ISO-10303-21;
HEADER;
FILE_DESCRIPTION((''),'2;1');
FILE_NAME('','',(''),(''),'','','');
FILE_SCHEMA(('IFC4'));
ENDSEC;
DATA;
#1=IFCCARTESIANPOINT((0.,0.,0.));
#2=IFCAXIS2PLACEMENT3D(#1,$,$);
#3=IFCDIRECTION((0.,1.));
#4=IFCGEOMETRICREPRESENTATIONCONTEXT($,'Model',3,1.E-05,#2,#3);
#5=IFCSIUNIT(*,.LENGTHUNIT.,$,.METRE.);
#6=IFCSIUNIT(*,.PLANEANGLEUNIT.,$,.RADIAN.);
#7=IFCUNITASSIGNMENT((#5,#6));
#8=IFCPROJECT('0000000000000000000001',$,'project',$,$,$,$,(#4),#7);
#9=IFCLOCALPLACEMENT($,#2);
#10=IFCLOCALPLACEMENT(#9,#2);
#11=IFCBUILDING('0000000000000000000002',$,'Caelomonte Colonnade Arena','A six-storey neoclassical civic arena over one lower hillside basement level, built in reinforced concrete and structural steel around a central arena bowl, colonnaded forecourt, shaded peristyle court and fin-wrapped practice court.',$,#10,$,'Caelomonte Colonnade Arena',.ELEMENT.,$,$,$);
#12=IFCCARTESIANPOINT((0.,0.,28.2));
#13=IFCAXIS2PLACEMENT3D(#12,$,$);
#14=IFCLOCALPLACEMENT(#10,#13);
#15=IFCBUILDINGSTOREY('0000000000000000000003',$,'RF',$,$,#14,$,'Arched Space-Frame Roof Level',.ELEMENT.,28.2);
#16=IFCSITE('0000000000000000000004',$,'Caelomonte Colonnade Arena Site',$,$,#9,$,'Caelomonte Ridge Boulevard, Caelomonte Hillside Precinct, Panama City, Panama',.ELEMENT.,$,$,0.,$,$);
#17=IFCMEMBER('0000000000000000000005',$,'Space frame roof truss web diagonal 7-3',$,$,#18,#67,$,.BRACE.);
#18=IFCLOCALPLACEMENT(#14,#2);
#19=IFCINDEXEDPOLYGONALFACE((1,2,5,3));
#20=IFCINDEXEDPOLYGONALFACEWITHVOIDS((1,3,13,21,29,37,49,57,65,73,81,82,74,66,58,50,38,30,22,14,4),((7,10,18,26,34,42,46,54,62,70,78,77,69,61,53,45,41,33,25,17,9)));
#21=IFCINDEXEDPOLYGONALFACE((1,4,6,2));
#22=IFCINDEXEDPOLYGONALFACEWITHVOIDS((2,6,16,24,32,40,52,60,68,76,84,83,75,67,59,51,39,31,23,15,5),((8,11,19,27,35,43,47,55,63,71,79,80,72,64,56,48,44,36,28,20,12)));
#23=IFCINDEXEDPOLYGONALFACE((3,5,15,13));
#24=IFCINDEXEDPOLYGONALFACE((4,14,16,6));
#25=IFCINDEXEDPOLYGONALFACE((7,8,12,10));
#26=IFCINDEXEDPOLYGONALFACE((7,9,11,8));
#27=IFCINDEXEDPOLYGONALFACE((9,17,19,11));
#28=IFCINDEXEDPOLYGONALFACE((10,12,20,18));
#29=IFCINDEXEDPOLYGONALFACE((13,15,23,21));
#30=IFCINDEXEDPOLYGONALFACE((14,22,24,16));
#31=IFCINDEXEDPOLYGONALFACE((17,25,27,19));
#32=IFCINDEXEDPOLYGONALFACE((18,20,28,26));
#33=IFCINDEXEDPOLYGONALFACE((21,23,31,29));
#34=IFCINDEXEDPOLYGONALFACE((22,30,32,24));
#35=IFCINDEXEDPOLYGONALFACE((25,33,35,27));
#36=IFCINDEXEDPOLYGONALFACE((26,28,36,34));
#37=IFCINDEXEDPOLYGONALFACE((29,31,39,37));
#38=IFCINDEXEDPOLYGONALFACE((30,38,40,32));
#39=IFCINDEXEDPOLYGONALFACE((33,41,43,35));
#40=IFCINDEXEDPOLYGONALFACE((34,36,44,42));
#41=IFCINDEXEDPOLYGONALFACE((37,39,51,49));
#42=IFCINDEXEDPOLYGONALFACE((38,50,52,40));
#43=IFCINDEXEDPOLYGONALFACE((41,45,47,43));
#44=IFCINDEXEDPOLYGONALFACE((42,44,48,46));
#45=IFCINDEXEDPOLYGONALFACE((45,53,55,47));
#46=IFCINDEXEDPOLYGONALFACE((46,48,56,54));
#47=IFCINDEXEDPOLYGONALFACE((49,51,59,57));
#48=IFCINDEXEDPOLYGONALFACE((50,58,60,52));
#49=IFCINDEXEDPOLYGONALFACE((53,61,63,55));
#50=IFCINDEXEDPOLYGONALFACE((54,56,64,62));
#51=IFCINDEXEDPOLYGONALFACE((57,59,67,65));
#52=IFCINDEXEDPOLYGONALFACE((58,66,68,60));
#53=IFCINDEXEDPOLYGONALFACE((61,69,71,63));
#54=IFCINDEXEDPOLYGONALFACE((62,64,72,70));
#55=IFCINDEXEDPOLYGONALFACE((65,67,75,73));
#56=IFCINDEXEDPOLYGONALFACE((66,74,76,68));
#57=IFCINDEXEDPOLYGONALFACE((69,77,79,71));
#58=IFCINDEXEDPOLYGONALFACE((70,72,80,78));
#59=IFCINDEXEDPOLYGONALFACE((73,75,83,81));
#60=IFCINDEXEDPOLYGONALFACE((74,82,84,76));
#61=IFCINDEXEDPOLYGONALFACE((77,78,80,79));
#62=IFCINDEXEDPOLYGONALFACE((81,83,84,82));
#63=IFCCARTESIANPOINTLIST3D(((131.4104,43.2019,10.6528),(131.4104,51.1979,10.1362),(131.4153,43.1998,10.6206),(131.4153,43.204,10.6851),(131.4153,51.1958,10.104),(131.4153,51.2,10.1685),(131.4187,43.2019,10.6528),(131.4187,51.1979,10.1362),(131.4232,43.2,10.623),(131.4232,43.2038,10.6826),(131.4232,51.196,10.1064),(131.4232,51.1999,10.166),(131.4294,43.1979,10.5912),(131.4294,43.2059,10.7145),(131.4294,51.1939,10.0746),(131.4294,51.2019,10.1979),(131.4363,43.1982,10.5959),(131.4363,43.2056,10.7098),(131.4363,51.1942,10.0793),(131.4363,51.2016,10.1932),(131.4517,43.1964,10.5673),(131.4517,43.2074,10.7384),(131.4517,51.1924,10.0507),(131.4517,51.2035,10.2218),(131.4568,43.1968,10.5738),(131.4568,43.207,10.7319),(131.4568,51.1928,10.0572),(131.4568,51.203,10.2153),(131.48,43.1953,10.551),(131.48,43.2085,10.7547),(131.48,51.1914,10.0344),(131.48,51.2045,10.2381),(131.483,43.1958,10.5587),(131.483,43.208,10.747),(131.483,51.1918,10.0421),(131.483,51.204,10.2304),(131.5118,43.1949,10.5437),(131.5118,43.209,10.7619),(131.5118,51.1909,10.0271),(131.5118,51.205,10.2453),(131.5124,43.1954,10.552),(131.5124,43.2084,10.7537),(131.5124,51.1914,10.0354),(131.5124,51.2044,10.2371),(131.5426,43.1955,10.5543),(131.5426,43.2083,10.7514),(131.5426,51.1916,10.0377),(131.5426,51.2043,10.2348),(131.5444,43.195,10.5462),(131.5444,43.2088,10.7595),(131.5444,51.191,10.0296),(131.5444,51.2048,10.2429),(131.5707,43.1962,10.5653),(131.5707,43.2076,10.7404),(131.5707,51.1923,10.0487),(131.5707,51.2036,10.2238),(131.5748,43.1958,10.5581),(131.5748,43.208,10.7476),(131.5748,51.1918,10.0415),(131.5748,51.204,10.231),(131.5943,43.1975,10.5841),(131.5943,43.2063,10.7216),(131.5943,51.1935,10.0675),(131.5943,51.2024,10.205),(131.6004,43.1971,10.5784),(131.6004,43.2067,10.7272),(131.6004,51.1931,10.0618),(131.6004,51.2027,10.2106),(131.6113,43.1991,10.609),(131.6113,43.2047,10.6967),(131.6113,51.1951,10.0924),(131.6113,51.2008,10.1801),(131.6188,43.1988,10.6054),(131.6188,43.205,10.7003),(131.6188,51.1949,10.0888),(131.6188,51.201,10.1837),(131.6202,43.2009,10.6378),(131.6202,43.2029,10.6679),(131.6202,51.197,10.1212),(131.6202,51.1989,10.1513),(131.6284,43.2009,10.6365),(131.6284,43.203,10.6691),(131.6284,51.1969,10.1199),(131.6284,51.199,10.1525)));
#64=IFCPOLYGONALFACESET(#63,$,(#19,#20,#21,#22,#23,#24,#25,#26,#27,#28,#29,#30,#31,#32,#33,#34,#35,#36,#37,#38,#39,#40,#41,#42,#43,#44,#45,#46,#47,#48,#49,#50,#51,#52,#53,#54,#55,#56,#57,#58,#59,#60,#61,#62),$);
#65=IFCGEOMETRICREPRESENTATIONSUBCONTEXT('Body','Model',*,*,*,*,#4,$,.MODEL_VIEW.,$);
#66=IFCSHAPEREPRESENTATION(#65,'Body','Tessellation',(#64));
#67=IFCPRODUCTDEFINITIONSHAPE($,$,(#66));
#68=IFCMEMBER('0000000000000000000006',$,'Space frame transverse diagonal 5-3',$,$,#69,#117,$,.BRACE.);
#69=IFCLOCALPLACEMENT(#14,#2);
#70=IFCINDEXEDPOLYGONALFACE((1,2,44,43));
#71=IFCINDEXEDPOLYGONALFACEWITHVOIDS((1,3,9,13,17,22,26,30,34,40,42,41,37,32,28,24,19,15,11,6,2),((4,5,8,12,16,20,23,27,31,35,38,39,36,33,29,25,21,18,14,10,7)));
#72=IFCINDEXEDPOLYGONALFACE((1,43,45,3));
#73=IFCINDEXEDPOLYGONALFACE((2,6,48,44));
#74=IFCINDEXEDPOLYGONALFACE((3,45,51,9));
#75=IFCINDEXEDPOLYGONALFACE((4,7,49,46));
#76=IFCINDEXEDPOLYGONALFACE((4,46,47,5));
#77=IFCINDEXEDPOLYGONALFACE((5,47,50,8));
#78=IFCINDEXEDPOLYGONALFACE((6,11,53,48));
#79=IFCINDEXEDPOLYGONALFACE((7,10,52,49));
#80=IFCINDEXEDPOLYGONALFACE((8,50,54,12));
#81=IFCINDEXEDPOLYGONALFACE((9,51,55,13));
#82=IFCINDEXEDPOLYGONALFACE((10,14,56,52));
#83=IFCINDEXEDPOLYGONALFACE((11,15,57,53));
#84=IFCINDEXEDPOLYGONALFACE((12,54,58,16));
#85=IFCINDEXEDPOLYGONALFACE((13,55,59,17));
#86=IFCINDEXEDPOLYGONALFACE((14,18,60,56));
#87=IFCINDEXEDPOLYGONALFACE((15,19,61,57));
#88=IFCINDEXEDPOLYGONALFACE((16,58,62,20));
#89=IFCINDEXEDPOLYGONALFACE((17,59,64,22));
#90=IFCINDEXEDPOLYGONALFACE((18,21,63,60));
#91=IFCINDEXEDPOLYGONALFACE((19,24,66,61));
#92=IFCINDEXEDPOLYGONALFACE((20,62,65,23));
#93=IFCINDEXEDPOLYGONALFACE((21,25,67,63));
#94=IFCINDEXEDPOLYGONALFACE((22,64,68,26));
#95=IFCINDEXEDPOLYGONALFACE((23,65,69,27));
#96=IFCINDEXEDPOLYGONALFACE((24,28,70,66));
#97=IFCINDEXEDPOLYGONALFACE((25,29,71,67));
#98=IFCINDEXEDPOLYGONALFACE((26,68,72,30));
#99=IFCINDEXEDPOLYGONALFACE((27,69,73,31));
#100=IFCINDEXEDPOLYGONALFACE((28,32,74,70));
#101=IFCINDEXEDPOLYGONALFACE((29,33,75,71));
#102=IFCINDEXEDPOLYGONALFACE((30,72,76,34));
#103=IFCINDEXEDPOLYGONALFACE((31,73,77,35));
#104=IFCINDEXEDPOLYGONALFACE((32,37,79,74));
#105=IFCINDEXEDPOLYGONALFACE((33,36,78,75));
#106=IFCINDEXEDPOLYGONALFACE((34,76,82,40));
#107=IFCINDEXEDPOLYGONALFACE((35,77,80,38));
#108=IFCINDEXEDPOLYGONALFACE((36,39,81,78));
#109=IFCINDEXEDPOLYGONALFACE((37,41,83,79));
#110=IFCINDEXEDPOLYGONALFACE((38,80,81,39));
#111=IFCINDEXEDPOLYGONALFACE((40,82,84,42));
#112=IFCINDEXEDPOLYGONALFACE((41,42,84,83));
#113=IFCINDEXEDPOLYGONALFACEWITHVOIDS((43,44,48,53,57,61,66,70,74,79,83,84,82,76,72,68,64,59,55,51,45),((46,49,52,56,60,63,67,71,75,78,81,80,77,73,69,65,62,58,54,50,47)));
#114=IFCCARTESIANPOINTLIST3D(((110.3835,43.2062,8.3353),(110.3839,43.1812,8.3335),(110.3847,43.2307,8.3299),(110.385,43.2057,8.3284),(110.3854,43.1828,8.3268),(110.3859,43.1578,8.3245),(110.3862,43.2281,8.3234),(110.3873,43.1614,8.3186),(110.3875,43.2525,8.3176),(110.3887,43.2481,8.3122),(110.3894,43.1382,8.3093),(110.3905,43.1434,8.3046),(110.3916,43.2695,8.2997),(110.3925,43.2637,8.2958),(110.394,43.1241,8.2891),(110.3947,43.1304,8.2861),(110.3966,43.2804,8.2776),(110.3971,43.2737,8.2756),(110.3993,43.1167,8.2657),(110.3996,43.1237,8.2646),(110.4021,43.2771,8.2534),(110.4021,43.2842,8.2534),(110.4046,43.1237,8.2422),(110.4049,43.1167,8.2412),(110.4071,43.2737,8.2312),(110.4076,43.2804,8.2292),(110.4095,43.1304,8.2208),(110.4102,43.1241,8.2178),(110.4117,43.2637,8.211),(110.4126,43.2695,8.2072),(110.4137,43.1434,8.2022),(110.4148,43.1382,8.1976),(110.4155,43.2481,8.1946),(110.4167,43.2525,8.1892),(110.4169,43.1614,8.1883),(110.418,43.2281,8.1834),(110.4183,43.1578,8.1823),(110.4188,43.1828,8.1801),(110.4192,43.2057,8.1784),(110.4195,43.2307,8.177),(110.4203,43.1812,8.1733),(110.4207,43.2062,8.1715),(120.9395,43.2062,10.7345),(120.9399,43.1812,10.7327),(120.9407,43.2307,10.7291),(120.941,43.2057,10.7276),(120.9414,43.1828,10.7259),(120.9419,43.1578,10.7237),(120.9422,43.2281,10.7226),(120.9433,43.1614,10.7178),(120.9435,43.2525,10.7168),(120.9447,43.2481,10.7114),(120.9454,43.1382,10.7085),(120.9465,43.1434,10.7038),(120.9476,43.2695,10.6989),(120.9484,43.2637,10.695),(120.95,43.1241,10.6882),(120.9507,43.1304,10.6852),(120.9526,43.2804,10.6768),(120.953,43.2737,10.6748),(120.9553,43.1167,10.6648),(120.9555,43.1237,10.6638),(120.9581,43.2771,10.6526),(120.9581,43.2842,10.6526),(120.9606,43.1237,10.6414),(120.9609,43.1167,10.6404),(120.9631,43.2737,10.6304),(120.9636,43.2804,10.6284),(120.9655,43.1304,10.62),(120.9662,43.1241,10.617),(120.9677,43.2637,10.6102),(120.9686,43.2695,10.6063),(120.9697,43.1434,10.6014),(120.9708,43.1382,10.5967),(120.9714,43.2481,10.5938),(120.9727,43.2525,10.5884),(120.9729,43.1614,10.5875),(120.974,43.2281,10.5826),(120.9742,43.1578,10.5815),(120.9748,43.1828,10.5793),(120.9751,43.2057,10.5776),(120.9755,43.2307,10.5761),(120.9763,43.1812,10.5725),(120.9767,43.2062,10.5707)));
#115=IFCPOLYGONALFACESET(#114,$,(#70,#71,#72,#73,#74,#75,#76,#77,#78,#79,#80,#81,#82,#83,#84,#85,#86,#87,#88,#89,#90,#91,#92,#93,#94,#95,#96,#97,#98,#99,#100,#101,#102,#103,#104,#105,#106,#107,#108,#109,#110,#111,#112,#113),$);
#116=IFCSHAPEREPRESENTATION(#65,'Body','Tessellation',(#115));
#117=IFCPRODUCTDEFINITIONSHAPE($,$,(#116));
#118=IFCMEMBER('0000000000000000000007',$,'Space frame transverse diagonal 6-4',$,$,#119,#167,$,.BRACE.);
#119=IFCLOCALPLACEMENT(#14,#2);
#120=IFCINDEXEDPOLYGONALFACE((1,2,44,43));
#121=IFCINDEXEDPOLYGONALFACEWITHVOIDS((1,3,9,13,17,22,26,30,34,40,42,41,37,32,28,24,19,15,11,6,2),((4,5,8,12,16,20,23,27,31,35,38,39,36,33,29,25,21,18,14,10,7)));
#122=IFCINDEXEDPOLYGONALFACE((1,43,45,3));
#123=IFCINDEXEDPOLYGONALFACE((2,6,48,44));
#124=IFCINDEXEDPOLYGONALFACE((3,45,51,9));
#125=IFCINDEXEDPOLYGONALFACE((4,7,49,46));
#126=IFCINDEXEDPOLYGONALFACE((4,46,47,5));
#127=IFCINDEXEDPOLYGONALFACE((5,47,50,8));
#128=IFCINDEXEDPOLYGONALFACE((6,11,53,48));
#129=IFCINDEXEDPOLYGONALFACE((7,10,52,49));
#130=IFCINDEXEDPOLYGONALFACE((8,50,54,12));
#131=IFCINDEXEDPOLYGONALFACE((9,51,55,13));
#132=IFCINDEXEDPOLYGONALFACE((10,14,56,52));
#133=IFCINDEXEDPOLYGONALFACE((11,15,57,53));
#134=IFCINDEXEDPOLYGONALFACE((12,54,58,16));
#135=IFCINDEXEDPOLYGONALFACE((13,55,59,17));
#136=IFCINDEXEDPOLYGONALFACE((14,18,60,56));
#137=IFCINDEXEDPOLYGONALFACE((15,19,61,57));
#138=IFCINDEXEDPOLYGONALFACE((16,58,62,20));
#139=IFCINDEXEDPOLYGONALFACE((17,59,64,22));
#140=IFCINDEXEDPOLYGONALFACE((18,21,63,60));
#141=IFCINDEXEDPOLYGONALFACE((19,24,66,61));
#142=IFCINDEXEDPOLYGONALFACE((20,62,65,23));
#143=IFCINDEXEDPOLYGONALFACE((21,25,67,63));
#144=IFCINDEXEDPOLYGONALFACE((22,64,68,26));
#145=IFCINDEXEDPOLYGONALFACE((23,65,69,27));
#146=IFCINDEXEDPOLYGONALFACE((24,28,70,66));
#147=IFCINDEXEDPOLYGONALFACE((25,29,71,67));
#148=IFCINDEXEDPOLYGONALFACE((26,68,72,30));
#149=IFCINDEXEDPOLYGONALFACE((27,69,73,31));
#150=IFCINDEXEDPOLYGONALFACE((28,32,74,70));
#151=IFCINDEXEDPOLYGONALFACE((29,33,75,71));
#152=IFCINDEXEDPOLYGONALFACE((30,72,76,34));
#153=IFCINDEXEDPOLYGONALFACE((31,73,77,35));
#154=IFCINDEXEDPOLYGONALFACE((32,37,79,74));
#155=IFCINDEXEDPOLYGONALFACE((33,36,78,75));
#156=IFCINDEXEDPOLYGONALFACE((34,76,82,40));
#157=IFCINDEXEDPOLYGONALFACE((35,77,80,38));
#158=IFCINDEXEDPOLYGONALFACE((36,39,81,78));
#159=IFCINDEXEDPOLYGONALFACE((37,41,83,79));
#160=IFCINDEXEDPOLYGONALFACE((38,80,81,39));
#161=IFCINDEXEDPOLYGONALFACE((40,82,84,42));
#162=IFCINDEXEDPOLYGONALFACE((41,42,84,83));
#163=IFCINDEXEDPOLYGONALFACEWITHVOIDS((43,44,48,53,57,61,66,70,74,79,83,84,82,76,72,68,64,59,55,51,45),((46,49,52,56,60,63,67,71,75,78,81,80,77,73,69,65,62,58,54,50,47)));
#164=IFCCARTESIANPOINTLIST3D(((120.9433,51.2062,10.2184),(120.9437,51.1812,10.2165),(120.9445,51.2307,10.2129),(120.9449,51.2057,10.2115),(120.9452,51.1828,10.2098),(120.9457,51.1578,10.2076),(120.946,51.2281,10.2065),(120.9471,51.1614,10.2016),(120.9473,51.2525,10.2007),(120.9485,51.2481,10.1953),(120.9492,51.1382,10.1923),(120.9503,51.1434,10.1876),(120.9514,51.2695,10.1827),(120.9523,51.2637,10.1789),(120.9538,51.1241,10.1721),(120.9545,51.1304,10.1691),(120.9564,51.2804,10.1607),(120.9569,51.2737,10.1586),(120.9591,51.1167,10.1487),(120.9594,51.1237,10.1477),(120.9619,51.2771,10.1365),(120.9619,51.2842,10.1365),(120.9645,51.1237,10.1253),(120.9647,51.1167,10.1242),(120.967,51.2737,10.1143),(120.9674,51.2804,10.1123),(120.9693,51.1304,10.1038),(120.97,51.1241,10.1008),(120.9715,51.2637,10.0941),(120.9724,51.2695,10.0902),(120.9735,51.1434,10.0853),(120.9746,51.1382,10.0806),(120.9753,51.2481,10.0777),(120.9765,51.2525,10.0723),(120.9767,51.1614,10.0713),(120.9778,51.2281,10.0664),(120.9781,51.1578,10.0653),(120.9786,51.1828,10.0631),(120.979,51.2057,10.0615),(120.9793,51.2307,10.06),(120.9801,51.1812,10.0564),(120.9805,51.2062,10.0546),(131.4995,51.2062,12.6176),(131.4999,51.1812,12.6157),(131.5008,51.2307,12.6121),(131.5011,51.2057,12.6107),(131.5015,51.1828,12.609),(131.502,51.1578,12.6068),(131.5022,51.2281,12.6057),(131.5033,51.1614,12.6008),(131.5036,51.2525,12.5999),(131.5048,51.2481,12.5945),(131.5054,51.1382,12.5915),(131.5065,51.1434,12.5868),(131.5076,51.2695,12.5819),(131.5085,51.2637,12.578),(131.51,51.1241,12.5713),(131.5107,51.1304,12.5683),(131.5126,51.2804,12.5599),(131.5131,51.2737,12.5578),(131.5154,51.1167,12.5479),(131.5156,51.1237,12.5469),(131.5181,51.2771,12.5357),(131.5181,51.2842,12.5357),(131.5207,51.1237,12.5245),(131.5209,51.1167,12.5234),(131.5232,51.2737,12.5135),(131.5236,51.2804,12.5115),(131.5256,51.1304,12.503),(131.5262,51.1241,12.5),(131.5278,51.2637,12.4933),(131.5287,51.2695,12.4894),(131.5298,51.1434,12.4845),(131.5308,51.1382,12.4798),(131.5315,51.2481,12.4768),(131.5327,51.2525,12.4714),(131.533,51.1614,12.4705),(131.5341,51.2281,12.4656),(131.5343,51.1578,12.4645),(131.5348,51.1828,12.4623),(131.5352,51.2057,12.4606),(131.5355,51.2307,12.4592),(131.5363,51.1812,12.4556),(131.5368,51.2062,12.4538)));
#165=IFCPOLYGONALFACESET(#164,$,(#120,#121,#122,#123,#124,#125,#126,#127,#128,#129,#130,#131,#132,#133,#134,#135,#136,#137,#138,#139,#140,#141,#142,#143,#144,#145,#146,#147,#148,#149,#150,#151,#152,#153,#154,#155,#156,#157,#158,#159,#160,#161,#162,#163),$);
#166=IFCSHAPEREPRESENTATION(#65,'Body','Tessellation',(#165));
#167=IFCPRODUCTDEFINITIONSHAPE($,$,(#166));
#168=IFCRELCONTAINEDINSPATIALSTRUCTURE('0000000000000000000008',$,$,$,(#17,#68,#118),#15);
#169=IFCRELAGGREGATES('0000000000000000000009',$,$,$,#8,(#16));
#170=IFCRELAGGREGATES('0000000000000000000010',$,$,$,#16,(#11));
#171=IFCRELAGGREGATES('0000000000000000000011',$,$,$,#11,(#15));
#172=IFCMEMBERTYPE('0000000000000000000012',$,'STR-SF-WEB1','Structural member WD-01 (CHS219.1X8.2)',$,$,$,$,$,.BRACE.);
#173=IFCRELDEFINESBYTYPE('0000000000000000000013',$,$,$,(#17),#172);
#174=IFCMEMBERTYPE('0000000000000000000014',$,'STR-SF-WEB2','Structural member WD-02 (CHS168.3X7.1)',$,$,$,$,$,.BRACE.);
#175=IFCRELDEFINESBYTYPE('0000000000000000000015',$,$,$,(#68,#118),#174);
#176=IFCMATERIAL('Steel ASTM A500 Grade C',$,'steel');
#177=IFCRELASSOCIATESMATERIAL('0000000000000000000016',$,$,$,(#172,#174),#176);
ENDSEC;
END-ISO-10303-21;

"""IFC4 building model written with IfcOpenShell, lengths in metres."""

from ifc_helpers import new_model, si_unit, direction, frame, origin, origin_2d, place, context, subcontext, project, spatial, hollow_circle, extrude, material, material_profile, profile_set, type_object, element, save


model = new_model("IFC4")

# Units and contexts
model_context = context("Model", 3, precision=1e-05, world=origin(), true_north=direction((0.0, 1.0)))
body_context = subcontext(model_context, "Body", "Model", "MODEL_VIEW")
ifc_project = project(units=[si_unit("LENGTHUNIT", "METRE"), si_unit("PLANEANGLEUNIT", "RADIAN")], contexts=[model_context])

# Site, building, storey
site_placement = place(None, origin())
site = spatial("IfcSite", under=ifc_project, at=site_placement, Name="Caelomonte Colonnade Arena Site", LongName="Caelomonte Ridge Boulevard, Caelomonte Hillside Precinct, Panama City, Panama", CompositionType="ELEMENT", RefElevation=0.0)
building_placement = place(site_placement, origin())
building = spatial("IfcBuilding", under=site, at=building_placement, Name="Caelomonte Colonnade Arena", Description="A six-storey neoclassical civic arena over one lower hillside basement level, built in reinforced concrete and structural steel around a central arena bowl, colonnaded forecourt, shaded peristyle court and fin-wrapped practice court.", LongName="Caelomonte Colonnade Arena", CompositionType="ELEMENT")
storey_placement = place(building_placement, frame((0.0, 0.0, 28.2)))
storey = spatial("IfcBuildingStorey", under=building, at=storey_placement, Name="RF", LongName="Arched Space-Frame Roof Level", CompositionType="ELEMENT", Elevation=28.2)

# Members
ifc_material_1 = material(Name="Steel ASTM A500 Grade C", Category="steel")
ifc_material_profile_1 = material_profile(ifc_material_1, hollow_circle(Radius=0.1096, WallThickness=0.0083, at=origin_2d()), Name="CHS219.1X8.2")
ifc_profile_set_1 = profile_set([ifc_material_profile_1], Name="Steel ASTM A500 Grade C")
member_type_1 = type_object("IfcMemberType", Name="STR-SF-WEB1", Description="Structural member WD-01 (CHS219.1X8.2)", PredefinedType="BRACE", material=ifc_profile_set_1)
member_1_placement = place(storey_placement, frame((131.52, 43.2019, 10.6528), z_axis=(0.0, 0.997919, -0.064472), x_axis=(-1.0, 0.0, 0.0)))
element("IfcMember", 1, at=member_1_placement, inside=storey, type_object=member_type_1, Name="Space frame roof truss web diagonal 7-3", PredefinedType="BRACE", context=body_context, shape_type="SweptSolid", body=[
    extrude(hollow_circle(Radius=0.1096, WallThickness=0.0083, at=origin_2d()), origin(), (0.0, 0.0, 1.0), 8.0127),
])
ifc_material_profile_2 = material_profile(ifc_material_1, hollow_circle(Radius=0.0842, WallThickness=0.0071, at=origin_2d()), Name="CHS168.3X7.1")
ifc_profile_set_2 = profile_set([ifc_material_profile_2], Name="Steel ASTM A500 Grade C")
member_type_2 = type_object("IfcMemberType", Name="STR-SF-WEB2", Description="Structural member WD-02 (CHS168.3X7.1)", PredefinedType="BRACE", material=ifc_profile_set_2)
member_2_placement = place(storey_placement, frame((110.4021, 43.2, 8.2534), z_axis=(0.975131, 0.0, 0.22163), x_axis=(0.0, 1.0, 0.0)))
element("IfcMember", 2, at=member_2_placement, inside=storey, type_object=member_type_2, Name="Space frame transverse diagonal 5-3", PredefinedType="BRACE", context=body_context, shape_type="SweptSolid", body=[
    extrude(hollow_circle(Radius=0.0842, WallThickness=0.0071, at=origin_2d()), origin(), (0.0, 0.0, 1.0), 10.8252),
])
member_3_placement = place(storey_placement, frame((120.9619, 51.2, 10.1365), z_axis=(0.975132, 0.0, 0.221625), x_axis=(0.0, 1.0, 0.0)))
element("IfcMember", 3, at=member_3_placement, inside=storey, type_object=member_type_2, Name="Space frame transverse diagonal 6-4", PredefinedType="BRACE", context=body_context, shape_type="SweptSolid", body=[
    extrude(hollow_circle(Radius=0.0842, WallThickness=0.0071, at=origin_2d()), origin(), (0.0, 0.0, 1.0), 10.8254),
])

save(model, "model.ifc")
